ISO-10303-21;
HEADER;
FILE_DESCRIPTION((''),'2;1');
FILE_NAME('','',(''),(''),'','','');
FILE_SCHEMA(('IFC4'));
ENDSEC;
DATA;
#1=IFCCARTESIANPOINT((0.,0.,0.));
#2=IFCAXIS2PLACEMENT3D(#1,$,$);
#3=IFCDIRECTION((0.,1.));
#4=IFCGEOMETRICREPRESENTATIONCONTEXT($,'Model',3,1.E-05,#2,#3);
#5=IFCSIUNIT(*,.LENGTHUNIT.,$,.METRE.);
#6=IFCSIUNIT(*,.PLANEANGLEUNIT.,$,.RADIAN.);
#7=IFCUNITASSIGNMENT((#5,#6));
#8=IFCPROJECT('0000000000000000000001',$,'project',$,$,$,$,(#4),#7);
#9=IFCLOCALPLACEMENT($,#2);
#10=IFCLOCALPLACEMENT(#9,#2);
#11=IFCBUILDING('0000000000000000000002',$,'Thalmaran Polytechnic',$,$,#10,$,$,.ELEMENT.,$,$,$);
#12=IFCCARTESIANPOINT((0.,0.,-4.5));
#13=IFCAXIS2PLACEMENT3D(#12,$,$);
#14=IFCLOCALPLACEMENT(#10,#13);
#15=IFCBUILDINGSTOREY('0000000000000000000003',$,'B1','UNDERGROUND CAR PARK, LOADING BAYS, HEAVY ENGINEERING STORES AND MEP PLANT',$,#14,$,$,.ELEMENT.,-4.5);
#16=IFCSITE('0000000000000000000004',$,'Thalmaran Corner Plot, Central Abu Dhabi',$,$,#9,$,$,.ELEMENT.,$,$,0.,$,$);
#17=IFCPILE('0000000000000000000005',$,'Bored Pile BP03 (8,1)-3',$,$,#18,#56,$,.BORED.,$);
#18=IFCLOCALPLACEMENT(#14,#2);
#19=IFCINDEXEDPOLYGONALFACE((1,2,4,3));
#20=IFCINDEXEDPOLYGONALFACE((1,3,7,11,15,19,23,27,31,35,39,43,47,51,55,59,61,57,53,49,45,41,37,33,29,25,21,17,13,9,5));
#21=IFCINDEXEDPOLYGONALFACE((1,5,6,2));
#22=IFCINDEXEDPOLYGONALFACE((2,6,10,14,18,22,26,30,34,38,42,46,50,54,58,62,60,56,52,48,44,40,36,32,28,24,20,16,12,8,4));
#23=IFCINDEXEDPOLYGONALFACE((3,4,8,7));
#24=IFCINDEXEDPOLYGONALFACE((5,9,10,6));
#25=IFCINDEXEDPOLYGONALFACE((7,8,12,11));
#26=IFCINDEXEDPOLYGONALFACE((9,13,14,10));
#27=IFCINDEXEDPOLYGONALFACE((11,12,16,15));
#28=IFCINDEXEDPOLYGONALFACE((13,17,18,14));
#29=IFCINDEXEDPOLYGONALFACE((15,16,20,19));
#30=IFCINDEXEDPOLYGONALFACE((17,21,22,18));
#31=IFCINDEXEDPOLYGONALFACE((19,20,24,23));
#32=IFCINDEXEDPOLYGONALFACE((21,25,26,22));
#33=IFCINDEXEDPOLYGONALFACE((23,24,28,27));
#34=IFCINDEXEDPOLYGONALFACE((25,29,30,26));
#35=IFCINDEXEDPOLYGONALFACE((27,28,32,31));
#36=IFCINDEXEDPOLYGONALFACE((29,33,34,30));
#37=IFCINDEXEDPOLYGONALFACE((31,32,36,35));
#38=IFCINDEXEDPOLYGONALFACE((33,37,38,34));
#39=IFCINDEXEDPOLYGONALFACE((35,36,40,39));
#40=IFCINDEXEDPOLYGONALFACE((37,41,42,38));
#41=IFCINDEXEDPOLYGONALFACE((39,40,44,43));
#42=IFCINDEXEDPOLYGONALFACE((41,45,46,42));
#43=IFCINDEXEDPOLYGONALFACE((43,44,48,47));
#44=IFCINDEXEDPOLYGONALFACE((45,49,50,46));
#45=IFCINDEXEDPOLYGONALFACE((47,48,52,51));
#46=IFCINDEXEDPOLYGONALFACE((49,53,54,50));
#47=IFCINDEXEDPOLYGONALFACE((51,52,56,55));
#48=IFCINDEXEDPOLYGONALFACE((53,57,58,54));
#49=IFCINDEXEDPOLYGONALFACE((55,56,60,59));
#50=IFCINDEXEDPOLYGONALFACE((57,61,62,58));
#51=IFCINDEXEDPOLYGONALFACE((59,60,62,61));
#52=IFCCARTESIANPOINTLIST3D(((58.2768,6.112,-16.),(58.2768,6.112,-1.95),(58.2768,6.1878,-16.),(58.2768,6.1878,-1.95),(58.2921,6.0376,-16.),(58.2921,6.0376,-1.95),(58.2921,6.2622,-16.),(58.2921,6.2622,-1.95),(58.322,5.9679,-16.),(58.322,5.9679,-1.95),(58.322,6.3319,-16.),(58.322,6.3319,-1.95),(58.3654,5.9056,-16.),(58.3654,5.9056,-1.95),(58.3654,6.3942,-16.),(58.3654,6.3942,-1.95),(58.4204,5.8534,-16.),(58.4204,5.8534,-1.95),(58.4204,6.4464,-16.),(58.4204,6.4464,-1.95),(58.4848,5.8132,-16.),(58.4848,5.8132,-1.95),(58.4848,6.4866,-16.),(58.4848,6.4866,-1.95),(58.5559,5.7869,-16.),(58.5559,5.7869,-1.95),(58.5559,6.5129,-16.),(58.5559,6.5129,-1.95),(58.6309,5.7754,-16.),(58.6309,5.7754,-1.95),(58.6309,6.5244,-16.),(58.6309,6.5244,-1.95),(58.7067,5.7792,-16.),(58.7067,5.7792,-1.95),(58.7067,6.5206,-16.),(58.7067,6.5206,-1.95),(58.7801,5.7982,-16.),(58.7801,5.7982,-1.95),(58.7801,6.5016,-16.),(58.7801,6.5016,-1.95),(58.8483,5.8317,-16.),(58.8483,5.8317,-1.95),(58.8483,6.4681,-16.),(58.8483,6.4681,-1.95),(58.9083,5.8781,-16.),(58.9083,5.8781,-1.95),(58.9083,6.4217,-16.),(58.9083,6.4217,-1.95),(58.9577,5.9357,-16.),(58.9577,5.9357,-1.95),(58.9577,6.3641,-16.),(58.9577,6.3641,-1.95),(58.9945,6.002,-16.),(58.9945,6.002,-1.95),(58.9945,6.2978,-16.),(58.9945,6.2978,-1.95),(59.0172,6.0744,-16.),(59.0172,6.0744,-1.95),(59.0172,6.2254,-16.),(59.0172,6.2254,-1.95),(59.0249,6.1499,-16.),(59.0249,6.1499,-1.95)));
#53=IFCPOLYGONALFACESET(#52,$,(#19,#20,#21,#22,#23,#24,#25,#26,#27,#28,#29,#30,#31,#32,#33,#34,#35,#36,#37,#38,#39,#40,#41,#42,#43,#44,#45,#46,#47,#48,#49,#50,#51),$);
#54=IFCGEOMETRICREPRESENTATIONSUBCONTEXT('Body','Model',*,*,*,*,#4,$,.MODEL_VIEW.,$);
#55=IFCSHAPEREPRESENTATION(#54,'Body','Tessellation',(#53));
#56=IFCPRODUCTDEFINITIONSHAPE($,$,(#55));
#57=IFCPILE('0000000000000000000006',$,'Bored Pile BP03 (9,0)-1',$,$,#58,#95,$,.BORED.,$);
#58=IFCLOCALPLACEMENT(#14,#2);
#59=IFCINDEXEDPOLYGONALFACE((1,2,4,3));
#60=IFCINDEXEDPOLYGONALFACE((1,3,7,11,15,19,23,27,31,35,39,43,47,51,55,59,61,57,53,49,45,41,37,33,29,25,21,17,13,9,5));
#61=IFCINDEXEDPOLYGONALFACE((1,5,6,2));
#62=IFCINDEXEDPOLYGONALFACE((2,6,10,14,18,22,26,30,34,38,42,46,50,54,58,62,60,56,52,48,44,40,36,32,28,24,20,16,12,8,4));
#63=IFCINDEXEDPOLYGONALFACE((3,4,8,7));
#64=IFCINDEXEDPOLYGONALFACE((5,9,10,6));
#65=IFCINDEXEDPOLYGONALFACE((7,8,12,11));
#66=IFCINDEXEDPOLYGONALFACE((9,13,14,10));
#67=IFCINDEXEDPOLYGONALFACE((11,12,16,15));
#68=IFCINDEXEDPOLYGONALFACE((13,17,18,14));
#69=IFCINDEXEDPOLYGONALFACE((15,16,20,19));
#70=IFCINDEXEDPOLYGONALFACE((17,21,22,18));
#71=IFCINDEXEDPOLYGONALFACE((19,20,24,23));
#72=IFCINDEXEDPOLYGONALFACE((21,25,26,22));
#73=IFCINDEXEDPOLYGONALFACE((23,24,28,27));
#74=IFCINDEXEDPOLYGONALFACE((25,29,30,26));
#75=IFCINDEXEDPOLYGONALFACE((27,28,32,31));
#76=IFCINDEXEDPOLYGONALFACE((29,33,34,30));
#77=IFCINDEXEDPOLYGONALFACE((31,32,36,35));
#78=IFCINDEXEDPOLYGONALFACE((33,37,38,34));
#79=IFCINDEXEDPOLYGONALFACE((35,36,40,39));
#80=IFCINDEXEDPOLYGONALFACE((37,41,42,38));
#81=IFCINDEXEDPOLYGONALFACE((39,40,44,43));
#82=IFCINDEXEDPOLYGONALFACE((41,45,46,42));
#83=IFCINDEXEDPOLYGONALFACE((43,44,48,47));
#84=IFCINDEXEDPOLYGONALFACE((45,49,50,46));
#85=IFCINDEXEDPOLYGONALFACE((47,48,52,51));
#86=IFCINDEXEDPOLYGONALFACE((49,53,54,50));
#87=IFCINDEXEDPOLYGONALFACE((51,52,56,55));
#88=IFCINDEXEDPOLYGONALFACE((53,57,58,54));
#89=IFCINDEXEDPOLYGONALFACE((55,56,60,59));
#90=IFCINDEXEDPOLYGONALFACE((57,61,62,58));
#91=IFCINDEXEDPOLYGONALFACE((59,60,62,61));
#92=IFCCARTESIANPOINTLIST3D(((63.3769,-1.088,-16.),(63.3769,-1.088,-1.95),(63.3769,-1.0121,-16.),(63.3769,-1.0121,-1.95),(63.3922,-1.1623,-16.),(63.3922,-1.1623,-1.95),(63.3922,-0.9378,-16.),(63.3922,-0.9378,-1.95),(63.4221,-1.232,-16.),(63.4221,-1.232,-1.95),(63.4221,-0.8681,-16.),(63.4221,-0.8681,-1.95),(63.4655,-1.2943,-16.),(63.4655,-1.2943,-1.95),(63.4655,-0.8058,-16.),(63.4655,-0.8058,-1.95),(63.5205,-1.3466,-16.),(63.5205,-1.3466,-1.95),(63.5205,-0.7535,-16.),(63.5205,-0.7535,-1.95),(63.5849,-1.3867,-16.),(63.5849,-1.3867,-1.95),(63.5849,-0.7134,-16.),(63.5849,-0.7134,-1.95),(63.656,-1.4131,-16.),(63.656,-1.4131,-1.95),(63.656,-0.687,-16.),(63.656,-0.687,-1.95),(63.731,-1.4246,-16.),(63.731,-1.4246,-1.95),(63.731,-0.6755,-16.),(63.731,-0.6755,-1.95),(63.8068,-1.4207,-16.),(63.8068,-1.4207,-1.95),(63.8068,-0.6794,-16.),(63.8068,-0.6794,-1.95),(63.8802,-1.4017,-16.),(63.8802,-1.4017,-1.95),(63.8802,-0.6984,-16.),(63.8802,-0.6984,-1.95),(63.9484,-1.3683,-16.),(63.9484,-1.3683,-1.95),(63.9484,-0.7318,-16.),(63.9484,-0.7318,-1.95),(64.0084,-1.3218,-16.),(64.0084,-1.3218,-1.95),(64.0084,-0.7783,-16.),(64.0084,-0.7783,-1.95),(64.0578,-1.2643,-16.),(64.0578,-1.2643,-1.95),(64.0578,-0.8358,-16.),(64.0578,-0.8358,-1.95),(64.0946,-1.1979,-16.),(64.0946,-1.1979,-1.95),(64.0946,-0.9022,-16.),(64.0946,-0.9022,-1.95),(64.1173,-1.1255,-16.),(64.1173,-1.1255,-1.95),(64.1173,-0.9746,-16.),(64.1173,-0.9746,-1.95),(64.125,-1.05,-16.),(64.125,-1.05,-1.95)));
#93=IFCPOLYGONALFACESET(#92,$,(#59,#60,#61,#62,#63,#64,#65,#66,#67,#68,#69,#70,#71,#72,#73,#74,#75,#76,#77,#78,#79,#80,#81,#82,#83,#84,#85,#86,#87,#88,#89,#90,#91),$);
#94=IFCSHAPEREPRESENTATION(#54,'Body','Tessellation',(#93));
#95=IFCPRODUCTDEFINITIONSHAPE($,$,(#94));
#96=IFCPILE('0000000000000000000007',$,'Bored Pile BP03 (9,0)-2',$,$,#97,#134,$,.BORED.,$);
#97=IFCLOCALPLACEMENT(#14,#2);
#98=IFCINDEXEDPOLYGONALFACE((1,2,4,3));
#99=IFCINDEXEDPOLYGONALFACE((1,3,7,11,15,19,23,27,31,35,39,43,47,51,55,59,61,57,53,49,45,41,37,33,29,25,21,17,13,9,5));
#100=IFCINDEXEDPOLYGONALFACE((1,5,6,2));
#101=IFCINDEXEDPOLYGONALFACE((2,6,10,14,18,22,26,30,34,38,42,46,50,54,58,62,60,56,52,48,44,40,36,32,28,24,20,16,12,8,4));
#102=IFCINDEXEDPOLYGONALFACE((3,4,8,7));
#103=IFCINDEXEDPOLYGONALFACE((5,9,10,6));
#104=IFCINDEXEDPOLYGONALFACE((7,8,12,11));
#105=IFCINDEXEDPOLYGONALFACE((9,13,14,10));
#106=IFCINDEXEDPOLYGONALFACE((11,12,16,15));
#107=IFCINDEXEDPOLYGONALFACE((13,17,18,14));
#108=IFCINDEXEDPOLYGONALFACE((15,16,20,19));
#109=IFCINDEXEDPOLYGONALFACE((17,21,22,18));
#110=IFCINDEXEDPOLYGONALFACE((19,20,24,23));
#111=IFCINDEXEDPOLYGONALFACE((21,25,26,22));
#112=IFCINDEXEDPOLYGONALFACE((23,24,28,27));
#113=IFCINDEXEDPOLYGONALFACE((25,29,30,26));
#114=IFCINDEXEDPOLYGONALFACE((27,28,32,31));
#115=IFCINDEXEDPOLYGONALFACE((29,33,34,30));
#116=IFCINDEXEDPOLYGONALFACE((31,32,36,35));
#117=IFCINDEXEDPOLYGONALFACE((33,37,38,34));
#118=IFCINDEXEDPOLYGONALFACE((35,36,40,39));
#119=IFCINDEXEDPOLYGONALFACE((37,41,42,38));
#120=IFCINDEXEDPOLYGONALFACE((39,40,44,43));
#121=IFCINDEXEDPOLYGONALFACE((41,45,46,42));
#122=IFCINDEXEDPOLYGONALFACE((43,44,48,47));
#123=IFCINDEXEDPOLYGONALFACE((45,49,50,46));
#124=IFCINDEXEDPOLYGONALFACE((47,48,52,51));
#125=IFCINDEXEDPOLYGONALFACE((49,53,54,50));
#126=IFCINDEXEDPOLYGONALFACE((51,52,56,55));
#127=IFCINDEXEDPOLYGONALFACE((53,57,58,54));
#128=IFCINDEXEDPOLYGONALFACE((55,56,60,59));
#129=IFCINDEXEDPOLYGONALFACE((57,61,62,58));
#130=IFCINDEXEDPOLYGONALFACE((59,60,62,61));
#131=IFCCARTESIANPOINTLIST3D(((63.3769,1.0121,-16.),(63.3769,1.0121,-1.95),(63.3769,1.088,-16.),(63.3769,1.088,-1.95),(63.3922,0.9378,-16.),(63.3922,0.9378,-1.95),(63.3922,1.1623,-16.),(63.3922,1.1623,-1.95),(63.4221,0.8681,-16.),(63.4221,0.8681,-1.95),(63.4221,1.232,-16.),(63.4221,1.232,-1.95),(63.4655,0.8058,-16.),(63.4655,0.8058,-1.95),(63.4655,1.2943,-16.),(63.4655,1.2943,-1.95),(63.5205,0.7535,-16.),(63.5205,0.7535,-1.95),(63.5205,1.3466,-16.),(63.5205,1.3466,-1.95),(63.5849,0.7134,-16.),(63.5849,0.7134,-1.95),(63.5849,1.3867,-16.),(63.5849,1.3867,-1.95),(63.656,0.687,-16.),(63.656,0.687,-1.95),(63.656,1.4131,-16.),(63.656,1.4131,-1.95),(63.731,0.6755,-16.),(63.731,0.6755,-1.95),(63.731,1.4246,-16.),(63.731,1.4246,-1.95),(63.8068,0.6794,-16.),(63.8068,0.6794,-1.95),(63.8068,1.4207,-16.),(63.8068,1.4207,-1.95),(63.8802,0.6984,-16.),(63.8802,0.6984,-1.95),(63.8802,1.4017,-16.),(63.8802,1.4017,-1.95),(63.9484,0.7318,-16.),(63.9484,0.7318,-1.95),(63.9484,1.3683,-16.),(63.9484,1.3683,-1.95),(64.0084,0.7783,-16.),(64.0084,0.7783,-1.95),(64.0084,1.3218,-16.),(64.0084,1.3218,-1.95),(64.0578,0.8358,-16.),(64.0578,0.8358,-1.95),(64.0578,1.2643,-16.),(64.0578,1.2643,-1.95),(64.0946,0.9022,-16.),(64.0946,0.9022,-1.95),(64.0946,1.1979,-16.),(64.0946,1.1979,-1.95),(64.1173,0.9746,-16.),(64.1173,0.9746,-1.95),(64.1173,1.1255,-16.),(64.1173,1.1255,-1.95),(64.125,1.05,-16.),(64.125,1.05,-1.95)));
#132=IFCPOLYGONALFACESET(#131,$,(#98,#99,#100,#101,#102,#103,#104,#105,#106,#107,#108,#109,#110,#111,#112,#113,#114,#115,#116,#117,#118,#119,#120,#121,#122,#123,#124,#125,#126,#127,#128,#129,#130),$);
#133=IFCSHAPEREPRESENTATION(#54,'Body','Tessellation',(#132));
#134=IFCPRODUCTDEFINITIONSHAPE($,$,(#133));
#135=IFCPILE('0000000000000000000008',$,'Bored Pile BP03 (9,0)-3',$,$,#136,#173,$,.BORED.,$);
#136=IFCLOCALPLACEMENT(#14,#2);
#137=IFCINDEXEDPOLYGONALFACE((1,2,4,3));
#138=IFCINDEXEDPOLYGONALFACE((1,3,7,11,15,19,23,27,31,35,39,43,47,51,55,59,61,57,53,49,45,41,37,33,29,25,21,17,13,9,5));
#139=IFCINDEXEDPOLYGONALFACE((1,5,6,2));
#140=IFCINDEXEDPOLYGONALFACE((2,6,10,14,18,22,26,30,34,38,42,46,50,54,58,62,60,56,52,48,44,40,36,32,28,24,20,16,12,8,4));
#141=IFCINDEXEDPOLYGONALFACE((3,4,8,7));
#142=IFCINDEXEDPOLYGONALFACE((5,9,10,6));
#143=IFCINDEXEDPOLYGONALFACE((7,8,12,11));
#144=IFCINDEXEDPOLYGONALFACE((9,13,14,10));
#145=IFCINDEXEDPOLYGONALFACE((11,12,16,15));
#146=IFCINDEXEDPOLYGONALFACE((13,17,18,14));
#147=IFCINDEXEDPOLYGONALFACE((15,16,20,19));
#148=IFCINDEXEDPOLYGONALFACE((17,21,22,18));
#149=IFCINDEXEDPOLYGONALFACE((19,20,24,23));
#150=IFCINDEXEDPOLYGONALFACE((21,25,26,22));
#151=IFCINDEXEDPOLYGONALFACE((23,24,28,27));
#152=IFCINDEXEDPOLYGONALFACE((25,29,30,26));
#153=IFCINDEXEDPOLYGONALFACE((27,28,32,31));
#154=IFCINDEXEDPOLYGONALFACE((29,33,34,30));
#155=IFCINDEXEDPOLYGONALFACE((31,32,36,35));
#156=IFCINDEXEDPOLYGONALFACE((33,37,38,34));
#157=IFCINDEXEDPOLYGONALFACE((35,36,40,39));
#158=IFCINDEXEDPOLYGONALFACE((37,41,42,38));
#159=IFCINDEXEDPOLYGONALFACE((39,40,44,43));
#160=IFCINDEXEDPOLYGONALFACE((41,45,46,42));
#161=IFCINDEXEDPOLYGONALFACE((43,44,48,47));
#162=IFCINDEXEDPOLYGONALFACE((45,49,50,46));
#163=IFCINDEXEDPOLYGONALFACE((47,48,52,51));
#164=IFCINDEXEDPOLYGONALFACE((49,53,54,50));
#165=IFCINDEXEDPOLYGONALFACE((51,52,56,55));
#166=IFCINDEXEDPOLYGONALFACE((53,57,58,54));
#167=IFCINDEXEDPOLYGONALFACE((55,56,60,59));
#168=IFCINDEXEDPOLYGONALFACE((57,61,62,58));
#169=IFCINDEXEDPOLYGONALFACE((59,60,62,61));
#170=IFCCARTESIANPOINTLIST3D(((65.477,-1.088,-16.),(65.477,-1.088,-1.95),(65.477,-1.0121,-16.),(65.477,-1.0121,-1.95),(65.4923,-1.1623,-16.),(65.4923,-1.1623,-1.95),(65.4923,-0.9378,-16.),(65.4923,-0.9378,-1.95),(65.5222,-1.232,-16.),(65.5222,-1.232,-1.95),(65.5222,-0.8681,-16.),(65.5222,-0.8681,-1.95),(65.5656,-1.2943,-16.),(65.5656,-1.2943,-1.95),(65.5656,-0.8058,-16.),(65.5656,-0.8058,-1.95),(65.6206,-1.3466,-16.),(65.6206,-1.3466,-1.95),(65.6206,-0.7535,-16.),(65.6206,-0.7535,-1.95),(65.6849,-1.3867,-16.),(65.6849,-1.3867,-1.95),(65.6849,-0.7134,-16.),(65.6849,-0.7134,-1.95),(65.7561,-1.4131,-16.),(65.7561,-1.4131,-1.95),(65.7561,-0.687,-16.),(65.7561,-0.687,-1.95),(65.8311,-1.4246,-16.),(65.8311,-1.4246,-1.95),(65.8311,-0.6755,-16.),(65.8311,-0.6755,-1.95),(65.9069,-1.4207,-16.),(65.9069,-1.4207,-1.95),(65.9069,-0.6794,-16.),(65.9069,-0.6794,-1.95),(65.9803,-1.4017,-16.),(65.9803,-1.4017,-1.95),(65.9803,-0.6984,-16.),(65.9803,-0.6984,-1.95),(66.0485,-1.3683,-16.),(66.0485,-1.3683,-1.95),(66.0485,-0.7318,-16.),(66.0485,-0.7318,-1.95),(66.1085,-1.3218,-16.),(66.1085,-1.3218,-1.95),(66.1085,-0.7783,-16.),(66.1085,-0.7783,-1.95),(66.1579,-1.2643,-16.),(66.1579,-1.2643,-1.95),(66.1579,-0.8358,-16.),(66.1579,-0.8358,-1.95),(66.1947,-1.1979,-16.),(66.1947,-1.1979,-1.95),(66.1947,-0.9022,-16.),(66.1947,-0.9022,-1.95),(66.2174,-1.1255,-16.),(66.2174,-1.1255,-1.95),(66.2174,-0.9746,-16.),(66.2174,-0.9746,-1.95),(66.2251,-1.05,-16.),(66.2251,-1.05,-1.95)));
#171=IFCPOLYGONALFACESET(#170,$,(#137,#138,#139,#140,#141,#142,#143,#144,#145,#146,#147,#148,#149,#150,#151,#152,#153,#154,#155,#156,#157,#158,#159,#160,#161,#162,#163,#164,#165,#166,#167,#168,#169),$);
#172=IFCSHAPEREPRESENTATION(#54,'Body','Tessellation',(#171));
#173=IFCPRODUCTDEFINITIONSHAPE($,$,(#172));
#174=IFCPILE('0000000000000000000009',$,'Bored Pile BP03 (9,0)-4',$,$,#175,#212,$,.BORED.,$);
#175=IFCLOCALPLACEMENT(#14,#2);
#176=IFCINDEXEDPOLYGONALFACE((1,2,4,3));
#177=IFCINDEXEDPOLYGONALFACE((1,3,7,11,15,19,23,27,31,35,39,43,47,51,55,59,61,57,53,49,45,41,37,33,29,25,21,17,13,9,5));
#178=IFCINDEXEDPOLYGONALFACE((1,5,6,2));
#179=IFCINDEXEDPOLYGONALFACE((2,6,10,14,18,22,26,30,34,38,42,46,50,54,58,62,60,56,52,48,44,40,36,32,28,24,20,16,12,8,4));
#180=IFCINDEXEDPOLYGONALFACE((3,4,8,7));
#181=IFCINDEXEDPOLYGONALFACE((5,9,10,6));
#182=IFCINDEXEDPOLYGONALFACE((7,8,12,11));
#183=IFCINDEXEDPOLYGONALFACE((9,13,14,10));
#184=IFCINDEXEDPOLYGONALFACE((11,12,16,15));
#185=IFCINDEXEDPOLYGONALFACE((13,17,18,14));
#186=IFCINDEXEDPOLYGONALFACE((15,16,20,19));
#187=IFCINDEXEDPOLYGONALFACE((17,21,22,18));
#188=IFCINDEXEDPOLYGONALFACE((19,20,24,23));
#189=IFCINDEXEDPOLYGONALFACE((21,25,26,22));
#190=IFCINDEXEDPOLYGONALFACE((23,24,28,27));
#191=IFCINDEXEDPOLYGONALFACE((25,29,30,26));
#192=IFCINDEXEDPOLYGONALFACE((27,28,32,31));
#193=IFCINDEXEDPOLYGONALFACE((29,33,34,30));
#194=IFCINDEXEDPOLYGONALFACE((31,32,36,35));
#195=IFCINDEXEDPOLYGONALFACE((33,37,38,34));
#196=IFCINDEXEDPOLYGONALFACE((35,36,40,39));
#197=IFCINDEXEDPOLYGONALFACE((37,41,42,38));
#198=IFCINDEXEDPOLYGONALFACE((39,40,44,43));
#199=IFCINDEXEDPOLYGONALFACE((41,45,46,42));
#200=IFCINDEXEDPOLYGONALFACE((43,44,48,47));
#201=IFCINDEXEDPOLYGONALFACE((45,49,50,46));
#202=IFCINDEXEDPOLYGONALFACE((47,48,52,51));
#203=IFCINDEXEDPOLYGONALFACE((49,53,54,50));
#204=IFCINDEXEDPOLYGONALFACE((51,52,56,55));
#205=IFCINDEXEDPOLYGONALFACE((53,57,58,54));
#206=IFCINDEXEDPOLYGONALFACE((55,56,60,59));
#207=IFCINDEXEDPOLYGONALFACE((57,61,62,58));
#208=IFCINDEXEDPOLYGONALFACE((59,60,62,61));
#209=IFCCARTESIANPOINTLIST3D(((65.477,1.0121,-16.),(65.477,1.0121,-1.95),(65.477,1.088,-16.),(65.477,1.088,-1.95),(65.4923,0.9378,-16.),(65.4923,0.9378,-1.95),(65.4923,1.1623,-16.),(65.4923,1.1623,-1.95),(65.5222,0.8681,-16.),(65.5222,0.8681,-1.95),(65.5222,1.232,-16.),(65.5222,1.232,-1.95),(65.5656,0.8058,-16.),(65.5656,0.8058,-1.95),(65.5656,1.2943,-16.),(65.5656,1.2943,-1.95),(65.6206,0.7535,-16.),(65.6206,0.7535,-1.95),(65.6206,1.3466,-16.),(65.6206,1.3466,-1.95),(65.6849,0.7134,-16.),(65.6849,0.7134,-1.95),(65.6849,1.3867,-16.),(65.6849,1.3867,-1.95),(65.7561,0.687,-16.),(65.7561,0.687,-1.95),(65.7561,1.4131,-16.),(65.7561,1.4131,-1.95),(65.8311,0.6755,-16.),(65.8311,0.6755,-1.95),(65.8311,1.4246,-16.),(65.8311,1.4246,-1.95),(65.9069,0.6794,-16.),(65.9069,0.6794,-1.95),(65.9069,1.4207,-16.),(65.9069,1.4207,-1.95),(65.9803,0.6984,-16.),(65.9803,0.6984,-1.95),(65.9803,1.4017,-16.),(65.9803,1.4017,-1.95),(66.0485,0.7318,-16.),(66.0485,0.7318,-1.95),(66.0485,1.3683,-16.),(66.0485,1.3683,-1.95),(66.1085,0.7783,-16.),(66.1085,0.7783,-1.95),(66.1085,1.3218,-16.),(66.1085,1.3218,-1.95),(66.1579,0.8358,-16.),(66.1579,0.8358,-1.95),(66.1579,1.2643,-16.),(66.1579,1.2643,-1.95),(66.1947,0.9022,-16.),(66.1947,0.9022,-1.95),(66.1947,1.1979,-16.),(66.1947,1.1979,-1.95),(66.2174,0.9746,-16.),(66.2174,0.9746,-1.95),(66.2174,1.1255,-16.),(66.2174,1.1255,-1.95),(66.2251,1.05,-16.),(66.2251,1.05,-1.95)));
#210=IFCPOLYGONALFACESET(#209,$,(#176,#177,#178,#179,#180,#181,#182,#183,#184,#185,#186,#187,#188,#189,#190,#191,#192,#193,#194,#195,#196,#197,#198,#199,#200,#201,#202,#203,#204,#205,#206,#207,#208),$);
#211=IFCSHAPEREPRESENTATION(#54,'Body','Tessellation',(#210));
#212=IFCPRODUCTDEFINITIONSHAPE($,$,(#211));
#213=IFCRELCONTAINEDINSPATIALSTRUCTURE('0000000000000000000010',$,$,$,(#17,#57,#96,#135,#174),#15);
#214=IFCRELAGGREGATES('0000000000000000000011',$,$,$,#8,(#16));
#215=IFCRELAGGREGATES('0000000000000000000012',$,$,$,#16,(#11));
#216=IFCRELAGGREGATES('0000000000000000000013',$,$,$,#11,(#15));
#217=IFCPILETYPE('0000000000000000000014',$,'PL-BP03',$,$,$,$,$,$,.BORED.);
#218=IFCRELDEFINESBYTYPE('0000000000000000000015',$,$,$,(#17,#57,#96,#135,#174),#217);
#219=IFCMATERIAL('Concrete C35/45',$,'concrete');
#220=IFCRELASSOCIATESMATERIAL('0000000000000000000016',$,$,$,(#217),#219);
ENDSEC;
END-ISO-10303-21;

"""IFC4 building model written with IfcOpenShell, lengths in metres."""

from ifc_helpers import new_model, si_unit, direction, frame, origin, origin_2d, place, context, subcontext, project, spatial, circle, extrude, material, material_profile, profile_set, type_object, element, save


model = new_model("IFC4")

# Units and contexts
model_context = context("Model", 3, precision=1e-05, world=origin(), true_north=direction((0.0, 1.0)))
body_context = subcontext(model_context, "Body", "Model", "MODEL_VIEW")
ifc_project = project(units=[si_unit("LENGTHUNIT", "METRE"), si_unit("PLANEANGLEUNIT", "RADIAN")], contexts=[model_context])

# Site, building, storey
site_placement = place(None, origin())
site = spatial("IfcSite", under=ifc_project, at=site_placement, Name="Thalmaran Corner Plot, Central Abu Dhabi", CompositionType="ELEMENT", RefElevation=0.0)
building_placement = place(site_placement, origin())
building = spatial("IfcBuilding", under=site, at=building_placement, Name="Thalmaran Polytechnic", CompositionType="ELEMENT")
storey_placement = place(building_placement, frame((0.0, 0.0, -4.5)))
storey = spatial("IfcBuildingStorey", under=building, at=storey_placement, Name="B1", Description="UNDERGROUND CAR PARK, LOADING BAYS, HEAVY ENGINEERING STORES AND MEP PLANT", CompositionType="ELEMENT", Elevation=-4.5)

# Piles
ifc_material_1 = material(Name="Concrete C35/45", Category="concrete")
ifc_material_profile_1 = material_profile(ifc_material_1, circle(Radius=0.375, at=origin_2d()), Name="RC 750 DIA")
ifc_profile_set_1 = profile_set([ifc_material_profile_1], Name="Concrete C35/45")
pile_type = type_object("IfcPileType", Name="PL-BP03", PredefinedType="BORED", material=ifc_profile_set_1)
for number, where, z_axis, x_axis, name in (
    (1, (58.6499, 6.1499, -1.95), (0.0, 0.0, -1.0), (1.0, 0.0, 0.0), "Bored Pile BP03 (8,1)-3"),
    (2, (63.75, -1.05, -1.95), (0.0, 0.0, -1.0), (1.0, 0.0, 0.0), "Bored Pile BP03 (9,0)-1"),
    (3, (63.75, 1.05, -1.95), (0.0, 0.0, -1.0), (1.0, 0.0, 0.0), "Bored Pile BP03 (9,0)-2"),
    (4, (65.8501, -1.05, -1.95), (0.0, 0.0, -1.0), (1.0, 0.0, 0.0), "Bored Pile BP03 (9,0)-3"),
    (5, (65.8501, 1.05, -1.95), (0.0, 0.0, -1.0), (1.0, 0.0, 0.0), "Bored Pile BP03 (9,0)-4"),
):
    element("IfcPile", number, at=place(storey_placement, frame(where, z_axis=z_axis, x_axis=x_axis)), inside=storey, type_object=pile_type, Name=name, PredefinedType="BORED", context=body_context, shape_type="SweptSolid", body=[
        extrude(circle(Radius=0.375, at=origin_2d()), origin(), (0.0, 0.0, 1.0), 14.05),
    ])

save(model, "model.ifc")
